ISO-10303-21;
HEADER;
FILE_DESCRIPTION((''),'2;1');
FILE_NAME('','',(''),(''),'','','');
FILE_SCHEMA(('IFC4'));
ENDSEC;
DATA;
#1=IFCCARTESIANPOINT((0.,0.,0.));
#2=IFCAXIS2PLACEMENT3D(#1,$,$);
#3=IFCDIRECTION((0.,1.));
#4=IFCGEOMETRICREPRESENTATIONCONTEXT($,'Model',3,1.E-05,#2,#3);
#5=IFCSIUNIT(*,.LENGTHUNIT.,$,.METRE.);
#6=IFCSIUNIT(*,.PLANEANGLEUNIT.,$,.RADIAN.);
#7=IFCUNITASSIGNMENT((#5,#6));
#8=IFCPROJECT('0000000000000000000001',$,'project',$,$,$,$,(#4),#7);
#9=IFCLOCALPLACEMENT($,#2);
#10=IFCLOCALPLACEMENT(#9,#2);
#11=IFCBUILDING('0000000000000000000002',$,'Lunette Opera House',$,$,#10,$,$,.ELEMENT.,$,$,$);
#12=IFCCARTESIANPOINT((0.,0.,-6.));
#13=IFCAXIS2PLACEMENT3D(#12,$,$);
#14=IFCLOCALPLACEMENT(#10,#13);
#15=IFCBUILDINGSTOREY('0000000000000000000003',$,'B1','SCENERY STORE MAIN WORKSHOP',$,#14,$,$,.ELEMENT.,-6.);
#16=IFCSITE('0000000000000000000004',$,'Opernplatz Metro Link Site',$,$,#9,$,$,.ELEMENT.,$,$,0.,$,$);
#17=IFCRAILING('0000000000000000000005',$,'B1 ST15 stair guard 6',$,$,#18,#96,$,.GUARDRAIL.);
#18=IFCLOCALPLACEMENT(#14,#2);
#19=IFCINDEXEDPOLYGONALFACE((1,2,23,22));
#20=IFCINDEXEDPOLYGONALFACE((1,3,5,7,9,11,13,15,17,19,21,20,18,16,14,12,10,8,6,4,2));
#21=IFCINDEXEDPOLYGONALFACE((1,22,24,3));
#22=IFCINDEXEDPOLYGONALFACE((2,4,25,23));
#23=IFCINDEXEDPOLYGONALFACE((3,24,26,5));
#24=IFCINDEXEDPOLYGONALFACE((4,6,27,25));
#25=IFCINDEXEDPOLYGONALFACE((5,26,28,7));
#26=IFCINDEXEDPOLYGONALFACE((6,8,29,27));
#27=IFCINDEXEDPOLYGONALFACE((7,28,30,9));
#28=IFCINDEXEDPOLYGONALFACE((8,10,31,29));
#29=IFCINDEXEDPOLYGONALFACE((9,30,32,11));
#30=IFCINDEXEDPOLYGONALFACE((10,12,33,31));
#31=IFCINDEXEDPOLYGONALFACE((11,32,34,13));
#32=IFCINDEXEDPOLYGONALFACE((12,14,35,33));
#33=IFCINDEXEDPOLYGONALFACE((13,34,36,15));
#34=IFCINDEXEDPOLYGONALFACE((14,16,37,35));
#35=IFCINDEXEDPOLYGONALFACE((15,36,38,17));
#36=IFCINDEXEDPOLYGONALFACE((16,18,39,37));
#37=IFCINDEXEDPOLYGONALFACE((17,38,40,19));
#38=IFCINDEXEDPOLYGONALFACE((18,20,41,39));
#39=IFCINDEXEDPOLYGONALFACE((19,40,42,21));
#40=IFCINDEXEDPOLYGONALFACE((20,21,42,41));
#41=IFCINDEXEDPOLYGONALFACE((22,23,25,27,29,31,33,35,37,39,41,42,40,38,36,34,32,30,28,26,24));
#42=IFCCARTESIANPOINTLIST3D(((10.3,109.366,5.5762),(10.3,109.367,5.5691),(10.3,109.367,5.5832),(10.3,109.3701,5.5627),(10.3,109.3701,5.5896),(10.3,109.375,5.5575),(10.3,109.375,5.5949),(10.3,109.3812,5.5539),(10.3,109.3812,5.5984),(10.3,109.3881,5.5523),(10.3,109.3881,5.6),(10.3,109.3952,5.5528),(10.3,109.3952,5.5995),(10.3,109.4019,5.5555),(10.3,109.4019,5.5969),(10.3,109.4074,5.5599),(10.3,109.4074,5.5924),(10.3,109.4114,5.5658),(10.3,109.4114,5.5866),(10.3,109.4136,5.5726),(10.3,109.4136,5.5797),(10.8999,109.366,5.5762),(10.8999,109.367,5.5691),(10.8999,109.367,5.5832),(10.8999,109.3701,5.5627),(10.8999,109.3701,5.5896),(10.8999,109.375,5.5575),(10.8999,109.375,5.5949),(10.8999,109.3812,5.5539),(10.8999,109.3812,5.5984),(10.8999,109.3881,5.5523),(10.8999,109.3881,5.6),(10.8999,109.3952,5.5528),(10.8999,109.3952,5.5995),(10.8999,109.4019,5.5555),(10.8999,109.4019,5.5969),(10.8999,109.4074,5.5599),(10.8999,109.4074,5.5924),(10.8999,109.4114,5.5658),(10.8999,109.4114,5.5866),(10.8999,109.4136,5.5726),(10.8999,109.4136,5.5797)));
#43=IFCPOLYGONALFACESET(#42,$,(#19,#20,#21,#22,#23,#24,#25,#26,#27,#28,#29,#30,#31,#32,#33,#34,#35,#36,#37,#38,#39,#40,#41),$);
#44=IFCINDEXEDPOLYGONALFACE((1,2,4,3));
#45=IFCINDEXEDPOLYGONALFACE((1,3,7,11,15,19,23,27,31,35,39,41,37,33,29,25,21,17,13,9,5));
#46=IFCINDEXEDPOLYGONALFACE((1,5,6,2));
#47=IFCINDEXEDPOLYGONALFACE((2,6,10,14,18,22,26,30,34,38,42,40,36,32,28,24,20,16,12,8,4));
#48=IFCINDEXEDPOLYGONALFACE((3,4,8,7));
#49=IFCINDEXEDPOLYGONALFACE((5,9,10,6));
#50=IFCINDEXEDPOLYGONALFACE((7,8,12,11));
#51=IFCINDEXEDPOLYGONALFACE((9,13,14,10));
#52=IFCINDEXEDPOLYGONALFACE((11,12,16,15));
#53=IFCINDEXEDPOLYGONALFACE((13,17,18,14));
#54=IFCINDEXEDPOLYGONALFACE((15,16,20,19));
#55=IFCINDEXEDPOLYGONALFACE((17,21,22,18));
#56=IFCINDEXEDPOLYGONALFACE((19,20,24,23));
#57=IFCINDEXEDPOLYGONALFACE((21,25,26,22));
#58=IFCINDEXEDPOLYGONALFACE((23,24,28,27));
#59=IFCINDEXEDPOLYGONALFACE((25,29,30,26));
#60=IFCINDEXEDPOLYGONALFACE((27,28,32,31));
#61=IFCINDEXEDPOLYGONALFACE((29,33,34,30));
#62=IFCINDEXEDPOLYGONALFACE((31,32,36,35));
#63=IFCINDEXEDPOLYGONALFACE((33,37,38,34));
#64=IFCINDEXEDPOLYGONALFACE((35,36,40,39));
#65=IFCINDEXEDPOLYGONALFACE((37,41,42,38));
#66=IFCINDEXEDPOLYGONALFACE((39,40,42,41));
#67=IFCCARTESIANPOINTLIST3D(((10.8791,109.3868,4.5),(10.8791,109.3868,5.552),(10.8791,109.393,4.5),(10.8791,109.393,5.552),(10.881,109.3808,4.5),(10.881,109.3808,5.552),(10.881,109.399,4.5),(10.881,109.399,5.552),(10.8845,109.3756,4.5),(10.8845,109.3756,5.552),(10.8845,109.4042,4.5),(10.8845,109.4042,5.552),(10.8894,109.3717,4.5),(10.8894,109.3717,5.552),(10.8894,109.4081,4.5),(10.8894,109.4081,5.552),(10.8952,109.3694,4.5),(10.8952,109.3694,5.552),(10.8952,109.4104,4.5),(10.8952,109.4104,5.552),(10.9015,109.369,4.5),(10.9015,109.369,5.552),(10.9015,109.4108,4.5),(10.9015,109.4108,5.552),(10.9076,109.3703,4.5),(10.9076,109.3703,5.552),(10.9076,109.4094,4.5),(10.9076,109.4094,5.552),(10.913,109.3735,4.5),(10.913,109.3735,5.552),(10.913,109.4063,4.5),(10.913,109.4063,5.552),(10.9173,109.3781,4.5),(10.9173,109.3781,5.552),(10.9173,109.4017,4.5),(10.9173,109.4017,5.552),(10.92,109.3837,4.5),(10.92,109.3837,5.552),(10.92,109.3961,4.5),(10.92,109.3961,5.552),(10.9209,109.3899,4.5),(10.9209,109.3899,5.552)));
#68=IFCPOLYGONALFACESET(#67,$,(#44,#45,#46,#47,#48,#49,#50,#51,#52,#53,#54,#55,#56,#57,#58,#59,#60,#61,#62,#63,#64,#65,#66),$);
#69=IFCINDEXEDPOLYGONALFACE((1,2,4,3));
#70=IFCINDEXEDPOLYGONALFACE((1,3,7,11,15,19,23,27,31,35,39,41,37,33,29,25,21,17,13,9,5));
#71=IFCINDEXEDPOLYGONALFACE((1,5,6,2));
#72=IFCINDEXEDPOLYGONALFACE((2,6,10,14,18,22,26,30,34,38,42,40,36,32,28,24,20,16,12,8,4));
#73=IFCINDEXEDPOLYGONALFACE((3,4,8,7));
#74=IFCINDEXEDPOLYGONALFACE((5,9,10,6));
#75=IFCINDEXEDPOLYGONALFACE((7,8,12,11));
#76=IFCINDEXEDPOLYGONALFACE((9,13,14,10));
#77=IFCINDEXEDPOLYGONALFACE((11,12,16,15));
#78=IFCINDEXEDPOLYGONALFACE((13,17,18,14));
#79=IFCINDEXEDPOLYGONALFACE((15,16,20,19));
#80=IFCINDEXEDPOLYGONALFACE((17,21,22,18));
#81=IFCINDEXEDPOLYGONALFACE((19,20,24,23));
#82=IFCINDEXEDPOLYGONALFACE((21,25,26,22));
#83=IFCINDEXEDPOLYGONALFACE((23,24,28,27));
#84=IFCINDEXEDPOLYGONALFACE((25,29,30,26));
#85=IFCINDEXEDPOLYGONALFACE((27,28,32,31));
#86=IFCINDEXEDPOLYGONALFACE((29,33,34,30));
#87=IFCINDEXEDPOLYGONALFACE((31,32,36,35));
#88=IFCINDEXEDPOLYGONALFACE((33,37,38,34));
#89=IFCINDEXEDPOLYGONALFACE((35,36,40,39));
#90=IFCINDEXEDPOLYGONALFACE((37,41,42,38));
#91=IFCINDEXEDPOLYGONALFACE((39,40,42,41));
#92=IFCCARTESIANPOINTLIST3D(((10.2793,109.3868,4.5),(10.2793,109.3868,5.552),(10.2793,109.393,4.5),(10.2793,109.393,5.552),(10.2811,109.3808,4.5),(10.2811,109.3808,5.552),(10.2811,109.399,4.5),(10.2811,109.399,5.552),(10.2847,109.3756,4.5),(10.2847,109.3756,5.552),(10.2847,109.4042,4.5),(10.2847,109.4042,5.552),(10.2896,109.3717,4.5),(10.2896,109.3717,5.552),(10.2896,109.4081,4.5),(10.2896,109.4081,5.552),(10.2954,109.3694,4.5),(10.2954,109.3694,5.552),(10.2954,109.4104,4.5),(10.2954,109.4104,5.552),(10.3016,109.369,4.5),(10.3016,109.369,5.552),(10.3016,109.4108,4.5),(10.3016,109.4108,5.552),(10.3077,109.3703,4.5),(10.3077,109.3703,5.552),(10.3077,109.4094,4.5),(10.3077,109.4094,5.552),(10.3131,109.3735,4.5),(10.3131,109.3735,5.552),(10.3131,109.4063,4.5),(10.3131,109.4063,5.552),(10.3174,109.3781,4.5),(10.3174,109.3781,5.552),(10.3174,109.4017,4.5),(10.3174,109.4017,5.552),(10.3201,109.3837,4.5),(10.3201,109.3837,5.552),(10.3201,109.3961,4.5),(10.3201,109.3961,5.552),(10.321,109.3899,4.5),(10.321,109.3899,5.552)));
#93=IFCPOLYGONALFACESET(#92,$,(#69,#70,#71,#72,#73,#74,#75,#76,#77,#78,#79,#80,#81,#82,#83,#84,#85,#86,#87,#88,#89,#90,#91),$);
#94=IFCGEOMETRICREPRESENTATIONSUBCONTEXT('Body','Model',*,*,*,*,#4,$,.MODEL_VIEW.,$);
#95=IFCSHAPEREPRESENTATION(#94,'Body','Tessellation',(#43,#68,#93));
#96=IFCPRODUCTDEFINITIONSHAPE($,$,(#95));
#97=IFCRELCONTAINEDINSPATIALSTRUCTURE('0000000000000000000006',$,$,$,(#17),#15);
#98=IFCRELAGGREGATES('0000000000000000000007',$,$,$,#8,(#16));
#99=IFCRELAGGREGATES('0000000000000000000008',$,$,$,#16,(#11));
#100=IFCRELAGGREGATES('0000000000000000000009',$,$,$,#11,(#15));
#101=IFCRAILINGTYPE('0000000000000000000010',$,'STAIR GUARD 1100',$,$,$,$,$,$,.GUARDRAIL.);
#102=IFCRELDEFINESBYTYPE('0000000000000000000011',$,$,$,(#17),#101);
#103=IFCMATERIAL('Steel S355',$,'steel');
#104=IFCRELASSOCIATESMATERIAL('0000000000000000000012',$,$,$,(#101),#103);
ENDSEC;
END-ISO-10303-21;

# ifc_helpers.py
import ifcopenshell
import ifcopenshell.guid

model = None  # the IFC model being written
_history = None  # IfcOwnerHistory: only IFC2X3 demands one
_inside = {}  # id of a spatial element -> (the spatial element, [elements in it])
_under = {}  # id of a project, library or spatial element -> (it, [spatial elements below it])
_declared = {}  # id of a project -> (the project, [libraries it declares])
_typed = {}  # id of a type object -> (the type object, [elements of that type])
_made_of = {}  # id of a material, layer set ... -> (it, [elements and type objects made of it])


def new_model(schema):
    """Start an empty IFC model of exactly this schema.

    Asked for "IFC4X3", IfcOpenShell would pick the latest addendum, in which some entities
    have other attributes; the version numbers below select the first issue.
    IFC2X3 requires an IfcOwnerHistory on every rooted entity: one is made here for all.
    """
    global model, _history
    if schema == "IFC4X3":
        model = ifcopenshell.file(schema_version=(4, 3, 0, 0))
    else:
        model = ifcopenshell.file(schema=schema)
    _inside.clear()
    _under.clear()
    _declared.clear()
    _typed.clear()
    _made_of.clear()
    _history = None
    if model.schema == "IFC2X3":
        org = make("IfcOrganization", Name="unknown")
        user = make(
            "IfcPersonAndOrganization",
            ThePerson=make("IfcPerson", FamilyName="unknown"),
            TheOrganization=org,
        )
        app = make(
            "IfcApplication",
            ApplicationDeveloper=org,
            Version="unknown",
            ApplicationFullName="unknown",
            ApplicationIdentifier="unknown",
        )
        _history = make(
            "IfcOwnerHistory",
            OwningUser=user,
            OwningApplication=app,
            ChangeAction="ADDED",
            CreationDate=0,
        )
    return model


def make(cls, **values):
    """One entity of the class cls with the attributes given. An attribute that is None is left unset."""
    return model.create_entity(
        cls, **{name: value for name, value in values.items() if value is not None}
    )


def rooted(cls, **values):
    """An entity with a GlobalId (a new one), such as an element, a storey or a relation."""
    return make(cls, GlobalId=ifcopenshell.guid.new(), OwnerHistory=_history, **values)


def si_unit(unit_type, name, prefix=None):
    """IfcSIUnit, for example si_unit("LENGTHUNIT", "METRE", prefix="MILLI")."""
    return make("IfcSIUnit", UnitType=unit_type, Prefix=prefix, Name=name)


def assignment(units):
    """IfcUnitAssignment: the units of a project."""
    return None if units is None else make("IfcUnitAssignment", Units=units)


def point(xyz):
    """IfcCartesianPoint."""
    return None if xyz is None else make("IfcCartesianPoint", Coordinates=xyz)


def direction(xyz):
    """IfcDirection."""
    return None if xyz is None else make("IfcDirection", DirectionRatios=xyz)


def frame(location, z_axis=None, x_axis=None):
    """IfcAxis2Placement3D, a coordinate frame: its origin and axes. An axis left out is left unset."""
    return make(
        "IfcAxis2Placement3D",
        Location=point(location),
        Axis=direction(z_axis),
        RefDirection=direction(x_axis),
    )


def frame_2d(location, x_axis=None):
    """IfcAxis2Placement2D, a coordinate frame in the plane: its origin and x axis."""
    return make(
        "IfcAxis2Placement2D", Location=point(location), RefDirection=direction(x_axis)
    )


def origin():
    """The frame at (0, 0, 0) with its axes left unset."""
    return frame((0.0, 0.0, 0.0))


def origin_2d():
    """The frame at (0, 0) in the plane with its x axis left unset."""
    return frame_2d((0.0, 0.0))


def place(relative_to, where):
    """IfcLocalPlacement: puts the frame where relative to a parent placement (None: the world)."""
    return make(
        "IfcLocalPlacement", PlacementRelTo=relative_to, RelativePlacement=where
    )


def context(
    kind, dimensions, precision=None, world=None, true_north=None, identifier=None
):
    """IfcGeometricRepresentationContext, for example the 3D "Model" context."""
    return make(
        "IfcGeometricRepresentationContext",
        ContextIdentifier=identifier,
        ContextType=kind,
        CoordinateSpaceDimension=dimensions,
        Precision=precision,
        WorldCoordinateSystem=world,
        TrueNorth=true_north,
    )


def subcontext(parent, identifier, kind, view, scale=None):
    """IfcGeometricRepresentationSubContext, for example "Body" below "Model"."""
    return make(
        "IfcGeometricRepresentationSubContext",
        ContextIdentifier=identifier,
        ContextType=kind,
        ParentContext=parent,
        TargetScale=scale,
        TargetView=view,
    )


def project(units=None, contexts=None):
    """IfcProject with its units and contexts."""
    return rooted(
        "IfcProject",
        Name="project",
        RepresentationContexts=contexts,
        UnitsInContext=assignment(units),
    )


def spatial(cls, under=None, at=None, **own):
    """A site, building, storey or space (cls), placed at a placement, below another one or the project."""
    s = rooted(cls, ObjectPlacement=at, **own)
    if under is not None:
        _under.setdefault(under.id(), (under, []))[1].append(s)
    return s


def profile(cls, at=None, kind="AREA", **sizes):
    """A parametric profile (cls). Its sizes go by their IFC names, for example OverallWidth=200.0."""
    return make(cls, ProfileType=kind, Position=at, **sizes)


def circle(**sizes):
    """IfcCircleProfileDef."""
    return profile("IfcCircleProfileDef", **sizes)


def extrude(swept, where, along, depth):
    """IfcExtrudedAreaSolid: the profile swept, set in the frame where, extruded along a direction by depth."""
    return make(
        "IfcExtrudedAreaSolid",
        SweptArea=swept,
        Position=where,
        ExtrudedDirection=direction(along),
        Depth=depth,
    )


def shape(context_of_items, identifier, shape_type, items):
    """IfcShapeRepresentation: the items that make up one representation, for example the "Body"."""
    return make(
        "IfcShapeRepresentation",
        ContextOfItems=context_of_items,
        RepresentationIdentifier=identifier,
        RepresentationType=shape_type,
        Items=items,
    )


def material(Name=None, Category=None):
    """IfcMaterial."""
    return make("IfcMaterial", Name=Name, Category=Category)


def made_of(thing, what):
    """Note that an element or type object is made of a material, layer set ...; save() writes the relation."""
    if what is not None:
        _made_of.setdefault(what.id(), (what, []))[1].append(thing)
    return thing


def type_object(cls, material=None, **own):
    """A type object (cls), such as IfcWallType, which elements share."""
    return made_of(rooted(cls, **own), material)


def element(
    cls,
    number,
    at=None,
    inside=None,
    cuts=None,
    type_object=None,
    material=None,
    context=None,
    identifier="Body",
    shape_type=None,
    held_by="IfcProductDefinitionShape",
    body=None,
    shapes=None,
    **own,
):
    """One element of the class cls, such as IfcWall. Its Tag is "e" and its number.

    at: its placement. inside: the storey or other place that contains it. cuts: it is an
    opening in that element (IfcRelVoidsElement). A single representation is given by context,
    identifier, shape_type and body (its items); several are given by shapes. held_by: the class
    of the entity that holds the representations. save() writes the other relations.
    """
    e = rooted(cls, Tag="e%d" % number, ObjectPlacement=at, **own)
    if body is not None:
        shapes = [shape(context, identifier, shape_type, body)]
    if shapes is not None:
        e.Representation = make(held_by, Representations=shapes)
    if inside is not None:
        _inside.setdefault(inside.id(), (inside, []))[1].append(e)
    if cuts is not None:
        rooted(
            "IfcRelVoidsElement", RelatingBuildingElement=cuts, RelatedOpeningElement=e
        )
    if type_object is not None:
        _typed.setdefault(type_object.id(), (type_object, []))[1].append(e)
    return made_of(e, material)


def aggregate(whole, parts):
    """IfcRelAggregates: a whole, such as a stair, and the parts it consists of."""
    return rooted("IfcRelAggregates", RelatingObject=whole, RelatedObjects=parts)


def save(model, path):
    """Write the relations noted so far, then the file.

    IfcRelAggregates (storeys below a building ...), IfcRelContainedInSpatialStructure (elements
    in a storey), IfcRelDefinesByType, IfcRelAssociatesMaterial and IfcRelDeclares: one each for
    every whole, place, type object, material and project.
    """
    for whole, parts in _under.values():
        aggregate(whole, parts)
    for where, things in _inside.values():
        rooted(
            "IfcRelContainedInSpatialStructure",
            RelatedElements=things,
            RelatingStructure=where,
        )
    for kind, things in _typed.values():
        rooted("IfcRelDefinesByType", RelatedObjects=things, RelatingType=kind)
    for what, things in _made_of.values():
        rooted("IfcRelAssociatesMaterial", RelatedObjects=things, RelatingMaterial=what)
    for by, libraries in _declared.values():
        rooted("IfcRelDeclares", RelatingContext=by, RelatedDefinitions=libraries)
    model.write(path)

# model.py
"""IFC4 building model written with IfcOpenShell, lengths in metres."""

from ifc_helpers import new_model, si_unit, direction, frame, origin, origin_2d, place, context, subcontext, project, spatial, circle, extrude, material, type_object, element, save


model = new_model("IFC4")

# Units and contexts
model_context = context("Model", 3, precision=1e-05, world=origin(), true_north=direction((0.0, 1.0)))
body_context = subcontext(model_context, "Body", "Model", "MODEL_VIEW")
ifc_project = project(units=[si_unit("LENGTHUNIT", "METRE"), si_unit("PLANEANGLEUNIT", "RADIAN")], contexts=[model_context])

# Site, building, storey
site_placement = place(None, origin())
site = spatial("IfcSite", under=ifc_project, at=site_placement, Name="Opernplatz Metro Link Site", CompositionType="ELEMENT", RefElevation=0.0)
building_placement = place(site_placement, origin())
building = spatial("IfcBuilding", under=site, at=building_placement, Name="Lunette Opera House", CompositionType="ELEMENT")
storey_placement = place(building_placement, frame((0.0, 0.0, -6.0)))
storey = spatial("IfcBuildingStorey", under=building, at=storey_placement, Name="B1", Description="SCENERY STORE MAIN WORKSHOP", CompositionType="ELEMENT", Elevation=-6.0)

# Railing
ifc_material_1 = material(Name="Steel S355", Category="steel")
railing_type_1 = type_object("IfcRailingType", Name="STAIR GUARD 1100", PredefinedType="GUARDRAIL", material=ifc_material_1)
railing_1_placement = place(storey_placement, frame((10.8999, 109.3899, 4.5)))
element("IfcRailing", 1, at=railing_1_placement, inside=storey, type_object=railing_type_1, Name="B1 ST15 stair guard 6", PredefinedType="GUARDRAIL", context=body_context, shape_type="SweptSolid", body=[
    extrude(circle(Radius=0.0239, at=origin_2d()), frame((0.0, 0.0, 1.0762), z_axis=(-1.0, 0.0, 0.0), x_axis=(0.0, -1.0, 0.0)), (0.0, 0.0, 1.0), 0.5999),
    extrude(circle(Radius=0.021, at=origin_2d()), origin(), (0.0, 0.0, 1.0), 1.052),
    extrude(circle(Radius=0.021, at=origin_2d()), frame((-0.5999, 0.0, 0.0)), (0.0, 0.0, 1.0), 1.052),
])

save(model, "model.ifc")
